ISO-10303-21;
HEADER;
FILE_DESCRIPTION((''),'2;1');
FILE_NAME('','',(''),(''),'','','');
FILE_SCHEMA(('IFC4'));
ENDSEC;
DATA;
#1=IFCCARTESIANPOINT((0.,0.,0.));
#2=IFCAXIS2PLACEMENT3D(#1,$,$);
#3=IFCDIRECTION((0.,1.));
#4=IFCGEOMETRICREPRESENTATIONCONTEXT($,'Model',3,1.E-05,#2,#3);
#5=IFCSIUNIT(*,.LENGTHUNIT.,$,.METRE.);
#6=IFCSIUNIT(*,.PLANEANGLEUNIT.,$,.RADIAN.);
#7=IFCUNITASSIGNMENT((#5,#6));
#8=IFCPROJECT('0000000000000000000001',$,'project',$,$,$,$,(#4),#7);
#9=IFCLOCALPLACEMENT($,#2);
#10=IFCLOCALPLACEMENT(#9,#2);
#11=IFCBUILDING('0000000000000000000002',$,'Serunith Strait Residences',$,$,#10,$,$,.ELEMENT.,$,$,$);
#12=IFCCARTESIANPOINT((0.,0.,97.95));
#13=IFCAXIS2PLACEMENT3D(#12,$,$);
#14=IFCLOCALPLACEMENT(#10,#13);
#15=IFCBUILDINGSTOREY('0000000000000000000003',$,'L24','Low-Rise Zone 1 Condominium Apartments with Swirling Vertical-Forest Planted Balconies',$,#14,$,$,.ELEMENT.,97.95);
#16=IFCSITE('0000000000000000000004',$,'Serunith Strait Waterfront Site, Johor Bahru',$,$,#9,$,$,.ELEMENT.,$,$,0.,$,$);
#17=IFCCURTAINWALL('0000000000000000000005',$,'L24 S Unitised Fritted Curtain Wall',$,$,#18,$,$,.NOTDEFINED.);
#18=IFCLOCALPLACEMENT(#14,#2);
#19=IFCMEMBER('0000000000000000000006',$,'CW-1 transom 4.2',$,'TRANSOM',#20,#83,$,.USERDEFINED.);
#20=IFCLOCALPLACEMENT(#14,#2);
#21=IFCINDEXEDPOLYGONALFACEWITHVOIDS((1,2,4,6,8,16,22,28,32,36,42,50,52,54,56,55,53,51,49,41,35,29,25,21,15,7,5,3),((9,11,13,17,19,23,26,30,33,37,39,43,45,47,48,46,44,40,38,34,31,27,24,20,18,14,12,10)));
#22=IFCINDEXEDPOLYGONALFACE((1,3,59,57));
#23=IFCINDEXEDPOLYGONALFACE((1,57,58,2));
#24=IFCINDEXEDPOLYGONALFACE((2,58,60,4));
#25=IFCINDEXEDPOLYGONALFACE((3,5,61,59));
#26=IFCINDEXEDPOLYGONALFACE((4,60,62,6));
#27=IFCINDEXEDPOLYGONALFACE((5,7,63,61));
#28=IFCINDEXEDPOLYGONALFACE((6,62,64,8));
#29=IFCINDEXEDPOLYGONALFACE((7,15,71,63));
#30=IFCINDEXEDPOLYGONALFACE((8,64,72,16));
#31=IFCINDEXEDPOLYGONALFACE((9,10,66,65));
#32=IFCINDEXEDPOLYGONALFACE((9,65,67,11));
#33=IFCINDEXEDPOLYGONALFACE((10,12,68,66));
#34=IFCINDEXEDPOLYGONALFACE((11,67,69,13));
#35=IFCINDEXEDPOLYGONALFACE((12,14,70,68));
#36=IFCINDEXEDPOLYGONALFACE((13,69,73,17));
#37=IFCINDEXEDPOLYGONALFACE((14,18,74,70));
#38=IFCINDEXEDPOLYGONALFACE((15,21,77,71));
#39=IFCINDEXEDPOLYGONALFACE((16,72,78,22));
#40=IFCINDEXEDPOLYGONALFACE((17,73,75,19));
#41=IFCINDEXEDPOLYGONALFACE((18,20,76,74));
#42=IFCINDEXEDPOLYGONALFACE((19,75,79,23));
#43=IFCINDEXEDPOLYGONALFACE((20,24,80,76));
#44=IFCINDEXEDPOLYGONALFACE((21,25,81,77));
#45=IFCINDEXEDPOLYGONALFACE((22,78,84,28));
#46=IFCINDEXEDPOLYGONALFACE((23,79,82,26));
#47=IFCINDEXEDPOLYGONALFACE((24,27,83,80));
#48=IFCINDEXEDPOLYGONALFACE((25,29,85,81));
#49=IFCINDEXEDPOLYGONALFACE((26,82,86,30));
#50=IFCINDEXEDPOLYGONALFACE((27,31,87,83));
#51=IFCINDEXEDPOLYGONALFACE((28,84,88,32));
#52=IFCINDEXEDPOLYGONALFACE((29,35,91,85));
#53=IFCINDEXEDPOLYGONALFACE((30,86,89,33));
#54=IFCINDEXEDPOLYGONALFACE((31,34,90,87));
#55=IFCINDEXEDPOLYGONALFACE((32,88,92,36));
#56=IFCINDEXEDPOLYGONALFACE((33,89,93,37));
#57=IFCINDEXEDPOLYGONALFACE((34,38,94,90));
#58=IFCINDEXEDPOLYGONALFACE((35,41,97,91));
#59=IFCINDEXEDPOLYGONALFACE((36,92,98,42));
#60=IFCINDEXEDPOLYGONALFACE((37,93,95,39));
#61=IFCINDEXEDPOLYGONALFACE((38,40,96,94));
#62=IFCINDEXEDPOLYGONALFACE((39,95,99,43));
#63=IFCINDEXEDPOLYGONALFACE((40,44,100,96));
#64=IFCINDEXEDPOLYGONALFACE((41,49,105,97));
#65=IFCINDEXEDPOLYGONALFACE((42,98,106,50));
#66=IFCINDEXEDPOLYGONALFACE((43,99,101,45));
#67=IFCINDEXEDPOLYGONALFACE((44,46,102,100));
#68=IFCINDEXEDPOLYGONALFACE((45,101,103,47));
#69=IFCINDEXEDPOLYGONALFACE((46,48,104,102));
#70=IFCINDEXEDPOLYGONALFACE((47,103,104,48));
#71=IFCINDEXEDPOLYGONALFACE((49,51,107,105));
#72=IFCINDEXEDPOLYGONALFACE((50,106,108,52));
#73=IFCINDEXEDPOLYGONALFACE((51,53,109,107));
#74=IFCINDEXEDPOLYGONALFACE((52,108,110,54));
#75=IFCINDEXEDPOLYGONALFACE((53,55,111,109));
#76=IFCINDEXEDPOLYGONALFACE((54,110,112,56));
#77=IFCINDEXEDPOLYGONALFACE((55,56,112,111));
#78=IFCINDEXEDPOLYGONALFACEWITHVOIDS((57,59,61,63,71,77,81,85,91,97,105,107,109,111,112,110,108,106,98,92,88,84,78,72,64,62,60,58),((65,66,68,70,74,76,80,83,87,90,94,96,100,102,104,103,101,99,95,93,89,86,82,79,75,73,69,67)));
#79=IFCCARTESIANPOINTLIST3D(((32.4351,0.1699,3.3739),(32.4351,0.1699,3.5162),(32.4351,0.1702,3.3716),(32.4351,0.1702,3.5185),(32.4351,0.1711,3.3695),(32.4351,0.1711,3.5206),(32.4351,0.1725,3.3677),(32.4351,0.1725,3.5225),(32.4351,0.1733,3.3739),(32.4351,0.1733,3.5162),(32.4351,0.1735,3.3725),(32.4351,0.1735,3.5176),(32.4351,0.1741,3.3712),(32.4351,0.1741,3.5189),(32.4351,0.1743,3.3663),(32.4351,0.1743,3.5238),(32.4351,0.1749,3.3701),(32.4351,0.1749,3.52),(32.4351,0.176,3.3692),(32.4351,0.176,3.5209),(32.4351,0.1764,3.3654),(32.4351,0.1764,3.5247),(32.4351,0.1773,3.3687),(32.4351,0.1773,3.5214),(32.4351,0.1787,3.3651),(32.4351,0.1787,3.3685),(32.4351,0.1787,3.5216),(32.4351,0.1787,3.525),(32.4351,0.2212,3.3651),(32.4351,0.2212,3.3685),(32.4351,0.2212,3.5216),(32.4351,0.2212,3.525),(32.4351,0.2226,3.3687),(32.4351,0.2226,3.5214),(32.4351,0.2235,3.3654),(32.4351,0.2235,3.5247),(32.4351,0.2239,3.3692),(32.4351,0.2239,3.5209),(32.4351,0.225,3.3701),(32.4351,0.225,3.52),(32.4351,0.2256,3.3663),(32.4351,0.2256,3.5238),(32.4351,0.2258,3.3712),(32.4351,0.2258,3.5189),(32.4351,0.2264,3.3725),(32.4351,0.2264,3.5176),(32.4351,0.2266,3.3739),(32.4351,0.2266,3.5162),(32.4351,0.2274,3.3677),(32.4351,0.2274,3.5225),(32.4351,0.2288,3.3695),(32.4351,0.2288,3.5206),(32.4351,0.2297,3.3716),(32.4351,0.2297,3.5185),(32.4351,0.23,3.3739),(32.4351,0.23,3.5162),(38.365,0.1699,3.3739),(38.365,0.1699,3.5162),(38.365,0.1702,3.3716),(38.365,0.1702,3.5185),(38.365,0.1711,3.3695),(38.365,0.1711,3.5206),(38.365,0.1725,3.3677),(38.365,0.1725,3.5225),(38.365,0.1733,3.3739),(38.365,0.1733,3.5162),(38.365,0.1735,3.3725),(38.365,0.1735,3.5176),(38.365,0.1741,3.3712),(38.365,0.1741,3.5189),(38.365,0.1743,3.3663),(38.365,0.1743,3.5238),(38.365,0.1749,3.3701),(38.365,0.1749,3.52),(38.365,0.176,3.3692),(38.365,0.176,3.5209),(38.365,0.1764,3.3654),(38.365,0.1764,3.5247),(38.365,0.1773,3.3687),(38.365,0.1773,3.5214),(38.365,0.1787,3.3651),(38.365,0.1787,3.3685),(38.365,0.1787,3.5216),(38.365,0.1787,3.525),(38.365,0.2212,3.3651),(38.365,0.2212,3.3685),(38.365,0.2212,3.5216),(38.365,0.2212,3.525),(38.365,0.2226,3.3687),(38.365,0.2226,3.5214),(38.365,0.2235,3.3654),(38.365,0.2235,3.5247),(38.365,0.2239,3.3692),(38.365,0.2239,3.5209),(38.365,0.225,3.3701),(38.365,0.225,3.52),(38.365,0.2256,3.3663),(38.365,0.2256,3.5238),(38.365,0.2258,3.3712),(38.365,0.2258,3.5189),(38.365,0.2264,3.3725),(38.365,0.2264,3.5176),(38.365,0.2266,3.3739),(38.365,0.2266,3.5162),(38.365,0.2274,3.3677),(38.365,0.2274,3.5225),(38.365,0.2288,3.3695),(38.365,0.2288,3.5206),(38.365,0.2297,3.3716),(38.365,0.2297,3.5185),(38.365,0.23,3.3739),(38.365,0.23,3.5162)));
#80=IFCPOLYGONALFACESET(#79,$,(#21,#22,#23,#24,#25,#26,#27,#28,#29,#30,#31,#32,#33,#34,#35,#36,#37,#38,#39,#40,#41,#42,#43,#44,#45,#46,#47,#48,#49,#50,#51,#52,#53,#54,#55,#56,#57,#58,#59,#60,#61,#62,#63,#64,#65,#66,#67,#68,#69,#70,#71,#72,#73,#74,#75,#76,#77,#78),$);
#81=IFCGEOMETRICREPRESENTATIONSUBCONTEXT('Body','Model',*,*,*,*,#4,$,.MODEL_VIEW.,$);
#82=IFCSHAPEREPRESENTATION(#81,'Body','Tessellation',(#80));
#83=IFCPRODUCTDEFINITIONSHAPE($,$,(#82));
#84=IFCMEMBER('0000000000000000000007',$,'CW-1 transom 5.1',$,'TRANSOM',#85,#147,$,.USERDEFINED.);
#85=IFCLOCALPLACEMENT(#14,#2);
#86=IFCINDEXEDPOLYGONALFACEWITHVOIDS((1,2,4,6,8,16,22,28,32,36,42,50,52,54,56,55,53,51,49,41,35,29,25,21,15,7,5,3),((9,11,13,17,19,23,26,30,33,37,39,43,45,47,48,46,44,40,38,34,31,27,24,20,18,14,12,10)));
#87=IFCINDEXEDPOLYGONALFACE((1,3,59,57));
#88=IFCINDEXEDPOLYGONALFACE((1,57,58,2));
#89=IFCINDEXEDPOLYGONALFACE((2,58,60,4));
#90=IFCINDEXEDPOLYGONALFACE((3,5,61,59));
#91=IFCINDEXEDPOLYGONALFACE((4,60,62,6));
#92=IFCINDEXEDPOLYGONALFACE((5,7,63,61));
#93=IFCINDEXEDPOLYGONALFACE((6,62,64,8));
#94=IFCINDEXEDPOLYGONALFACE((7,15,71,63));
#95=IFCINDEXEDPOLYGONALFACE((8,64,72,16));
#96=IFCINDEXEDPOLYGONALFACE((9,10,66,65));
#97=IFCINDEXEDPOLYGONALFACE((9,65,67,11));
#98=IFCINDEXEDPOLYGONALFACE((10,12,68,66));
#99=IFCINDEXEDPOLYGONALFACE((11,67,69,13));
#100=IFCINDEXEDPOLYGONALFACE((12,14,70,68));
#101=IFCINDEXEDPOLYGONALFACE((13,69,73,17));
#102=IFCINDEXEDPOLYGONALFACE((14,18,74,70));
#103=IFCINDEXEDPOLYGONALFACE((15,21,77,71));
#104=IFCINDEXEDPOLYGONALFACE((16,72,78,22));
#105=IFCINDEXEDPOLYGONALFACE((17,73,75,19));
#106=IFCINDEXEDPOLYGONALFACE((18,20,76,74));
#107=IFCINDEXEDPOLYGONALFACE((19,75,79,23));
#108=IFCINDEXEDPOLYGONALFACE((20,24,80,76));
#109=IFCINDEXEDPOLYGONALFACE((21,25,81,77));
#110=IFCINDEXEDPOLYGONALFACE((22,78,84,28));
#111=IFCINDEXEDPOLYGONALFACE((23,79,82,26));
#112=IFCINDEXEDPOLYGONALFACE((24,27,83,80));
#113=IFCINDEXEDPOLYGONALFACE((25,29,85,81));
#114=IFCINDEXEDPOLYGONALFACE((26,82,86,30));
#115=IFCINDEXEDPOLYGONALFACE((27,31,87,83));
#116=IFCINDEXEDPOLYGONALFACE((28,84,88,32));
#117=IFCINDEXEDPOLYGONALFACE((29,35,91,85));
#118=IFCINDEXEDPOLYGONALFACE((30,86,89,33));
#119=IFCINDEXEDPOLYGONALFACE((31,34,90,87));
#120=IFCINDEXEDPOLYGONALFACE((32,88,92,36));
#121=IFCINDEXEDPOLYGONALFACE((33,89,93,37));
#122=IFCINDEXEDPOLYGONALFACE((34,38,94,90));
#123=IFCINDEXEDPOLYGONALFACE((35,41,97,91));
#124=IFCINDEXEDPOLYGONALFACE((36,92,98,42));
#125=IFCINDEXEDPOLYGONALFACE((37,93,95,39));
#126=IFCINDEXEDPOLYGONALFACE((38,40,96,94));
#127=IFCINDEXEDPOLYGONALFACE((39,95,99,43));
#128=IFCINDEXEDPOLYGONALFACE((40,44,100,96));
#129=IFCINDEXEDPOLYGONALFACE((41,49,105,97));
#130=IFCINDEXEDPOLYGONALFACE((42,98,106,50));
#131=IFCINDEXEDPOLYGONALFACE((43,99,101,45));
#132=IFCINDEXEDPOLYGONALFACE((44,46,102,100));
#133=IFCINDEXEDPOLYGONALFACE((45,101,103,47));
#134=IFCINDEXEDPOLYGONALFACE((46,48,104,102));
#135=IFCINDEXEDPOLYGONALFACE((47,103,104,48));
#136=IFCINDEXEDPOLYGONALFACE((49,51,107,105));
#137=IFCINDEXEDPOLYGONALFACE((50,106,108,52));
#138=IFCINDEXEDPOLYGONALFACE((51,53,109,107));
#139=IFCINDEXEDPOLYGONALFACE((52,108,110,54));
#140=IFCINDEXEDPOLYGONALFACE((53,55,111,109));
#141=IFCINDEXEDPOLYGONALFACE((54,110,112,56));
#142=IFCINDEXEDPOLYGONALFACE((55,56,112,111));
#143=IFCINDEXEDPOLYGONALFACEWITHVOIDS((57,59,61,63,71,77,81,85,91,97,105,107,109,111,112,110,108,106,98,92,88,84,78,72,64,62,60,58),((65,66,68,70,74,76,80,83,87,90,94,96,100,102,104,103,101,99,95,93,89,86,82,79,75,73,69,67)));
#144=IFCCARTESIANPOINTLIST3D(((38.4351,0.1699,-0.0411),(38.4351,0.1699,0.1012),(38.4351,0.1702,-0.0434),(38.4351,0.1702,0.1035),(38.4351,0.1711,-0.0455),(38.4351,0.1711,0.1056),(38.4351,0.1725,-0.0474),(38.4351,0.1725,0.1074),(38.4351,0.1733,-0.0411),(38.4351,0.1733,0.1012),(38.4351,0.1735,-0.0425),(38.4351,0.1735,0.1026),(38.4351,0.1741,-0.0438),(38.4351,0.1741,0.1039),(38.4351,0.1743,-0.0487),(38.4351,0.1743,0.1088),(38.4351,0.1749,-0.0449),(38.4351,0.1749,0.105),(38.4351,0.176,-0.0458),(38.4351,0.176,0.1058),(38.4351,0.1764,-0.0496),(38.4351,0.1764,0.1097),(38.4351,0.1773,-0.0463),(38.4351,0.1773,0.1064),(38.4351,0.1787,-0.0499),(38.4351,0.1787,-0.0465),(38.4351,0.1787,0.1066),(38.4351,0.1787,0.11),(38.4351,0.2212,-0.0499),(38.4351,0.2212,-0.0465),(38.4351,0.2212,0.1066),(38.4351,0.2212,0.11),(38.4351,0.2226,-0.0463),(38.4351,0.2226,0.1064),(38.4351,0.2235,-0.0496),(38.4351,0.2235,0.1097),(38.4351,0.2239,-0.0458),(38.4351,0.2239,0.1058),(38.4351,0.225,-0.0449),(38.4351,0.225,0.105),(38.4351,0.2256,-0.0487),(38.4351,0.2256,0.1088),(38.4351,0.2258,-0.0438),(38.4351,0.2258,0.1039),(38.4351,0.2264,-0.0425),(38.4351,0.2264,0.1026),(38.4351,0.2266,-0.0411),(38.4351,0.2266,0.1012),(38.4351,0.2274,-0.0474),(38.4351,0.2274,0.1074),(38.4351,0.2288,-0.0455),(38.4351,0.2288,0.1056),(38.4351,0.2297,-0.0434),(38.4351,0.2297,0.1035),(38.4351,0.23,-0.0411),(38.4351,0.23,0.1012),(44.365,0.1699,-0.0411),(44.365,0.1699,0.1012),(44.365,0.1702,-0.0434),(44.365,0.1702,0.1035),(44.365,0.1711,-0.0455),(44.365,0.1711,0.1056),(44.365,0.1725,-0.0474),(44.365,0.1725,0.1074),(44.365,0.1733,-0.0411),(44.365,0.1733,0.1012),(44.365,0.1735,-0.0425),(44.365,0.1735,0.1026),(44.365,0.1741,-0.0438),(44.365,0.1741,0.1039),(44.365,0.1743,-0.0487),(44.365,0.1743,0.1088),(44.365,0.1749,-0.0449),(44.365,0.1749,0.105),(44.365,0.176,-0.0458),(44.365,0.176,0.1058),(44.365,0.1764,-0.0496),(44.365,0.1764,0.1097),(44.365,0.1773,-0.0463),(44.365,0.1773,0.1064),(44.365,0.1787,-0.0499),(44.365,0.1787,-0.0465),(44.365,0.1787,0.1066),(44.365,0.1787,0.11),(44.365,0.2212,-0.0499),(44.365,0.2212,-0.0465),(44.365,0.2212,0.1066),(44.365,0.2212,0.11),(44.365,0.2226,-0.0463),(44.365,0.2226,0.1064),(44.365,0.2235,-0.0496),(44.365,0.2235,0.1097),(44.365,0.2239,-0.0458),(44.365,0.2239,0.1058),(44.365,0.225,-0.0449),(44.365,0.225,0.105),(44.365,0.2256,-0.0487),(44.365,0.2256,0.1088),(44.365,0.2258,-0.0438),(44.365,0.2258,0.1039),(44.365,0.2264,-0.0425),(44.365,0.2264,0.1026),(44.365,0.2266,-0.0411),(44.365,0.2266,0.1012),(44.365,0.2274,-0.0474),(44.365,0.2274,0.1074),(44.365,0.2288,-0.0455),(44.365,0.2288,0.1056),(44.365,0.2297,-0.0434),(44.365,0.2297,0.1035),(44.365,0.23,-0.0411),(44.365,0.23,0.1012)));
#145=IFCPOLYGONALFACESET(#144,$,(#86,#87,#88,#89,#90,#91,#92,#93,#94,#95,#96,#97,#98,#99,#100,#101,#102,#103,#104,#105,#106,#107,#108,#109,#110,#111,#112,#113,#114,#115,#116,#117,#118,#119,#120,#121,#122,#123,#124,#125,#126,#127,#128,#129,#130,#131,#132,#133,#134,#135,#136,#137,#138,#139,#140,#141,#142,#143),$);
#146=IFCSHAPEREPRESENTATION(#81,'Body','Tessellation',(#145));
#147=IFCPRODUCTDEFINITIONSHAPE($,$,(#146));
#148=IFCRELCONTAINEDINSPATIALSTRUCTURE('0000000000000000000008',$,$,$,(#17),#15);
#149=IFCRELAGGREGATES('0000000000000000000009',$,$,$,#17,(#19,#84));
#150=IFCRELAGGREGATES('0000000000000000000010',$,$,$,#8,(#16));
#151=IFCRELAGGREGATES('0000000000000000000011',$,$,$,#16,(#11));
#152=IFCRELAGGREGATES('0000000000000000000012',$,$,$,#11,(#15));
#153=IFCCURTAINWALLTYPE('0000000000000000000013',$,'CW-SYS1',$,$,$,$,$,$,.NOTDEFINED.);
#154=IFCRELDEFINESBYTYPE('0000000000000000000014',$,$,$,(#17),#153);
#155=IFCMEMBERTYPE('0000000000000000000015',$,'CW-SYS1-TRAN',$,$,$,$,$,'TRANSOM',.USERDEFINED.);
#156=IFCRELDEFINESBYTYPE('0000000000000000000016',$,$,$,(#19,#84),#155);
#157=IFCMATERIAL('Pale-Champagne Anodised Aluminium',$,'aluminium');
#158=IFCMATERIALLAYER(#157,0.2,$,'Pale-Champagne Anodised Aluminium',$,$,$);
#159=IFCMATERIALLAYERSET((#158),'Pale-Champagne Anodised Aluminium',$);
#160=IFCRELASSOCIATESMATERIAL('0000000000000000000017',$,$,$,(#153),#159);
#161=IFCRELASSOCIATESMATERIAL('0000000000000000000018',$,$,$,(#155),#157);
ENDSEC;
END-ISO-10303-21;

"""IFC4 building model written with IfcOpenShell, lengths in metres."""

from ifc_helpers import new_model, si_unit, direction, frame, origin, origin_2d, place, context, subcontext, project, spatial, hollow_rectangle, extrude, source, transform, mapped, material, layer, layer_set, material_profile, profile_set, type_object, element, aggregate, save


model = new_model("IFC4")

# Units and contexts
model_context = context("Model", 3, precision=1e-05, world=origin(), true_north=direction((0.0, 1.0)))
body_context = subcontext(model_context, "Body", "Model", "MODEL_VIEW")
ifc_project = project(units=[si_unit("LENGTHUNIT", "METRE"), si_unit("PLANEANGLEUNIT", "RADIAN")], contexts=[model_context])

# Site, building, storey
site_placement = place(None, origin())
site = spatial("IfcSite", under=ifc_project, at=site_placement, Name="Serunith Strait Waterfront Site, Johor Bahru", CompositionType="ELEMENT", RefElevation=0.0)
building_placement = place(site_placement, origin())
building = spatial("IfcBuilding", under=site, at=building_placement, Name="Serunith Strait Residences", CompositionType="ELEMENT")
storey_placement = place(building_placement, frame((0.0, 0.0, 97.95)))
storey = spatial("IfcBuildingStorey", under=building, at=storey_placement, Name="L24", Description="Low-Rise Zone 1 Condominium Apartments with Swirling Vertical-Forest Planted Balconies", CompositionType="ELEMENT", Elevation=97.95)

# Curtain wall, members
ifc_material_1 = material(Name="Pale-Champagne Anodised Aluminium", Category="aluminium")
ifc_layer_1 = layer(ifc_material_1, 0.2, Name="Pale-Champagne Anodised Aluminium")
ifc_layer_set_1 = layer_set([ifc_layer_1], Name="Pale-Champagne Anodised Aluminium")
curtain_wall_type = type_object("IfcCurtainWallType", Name="CW-SYS1", PredefinedType="NOTDEFINED", material=ifc_layer_set_1)
curtain_wall_placement = place(storey_placement, origin())
curtain_wall = element("IfcCurtainWall", 1, at=curtain_wall_placement, inside=storey, type_object=curtain_wall_type, Name="L24 S Unitised Fritted Curtain Wall", PredefinedType="NOTDEFINED")
ifc_material_profile_1 = material_profile(ifc_material_1, hollow_rectangle(XDim=0.0601, YDim=0.1599, WallThickness=0.0034, InnerFilletRadius=0.0054, OuterFilletRadius=0.0088, at=origin_2d()), Name="ALU 160x60x3.5")
ifc_profile_set_1 = profile_set([ifc_material_profile_1], Name="Pale-Champagne Anodised Aluminium")
member_type_1 = type_object("IfcMemberType", Name="CW-SYS1-TRAN", ElementType="TRANSOM", PredefinedType="USERDEFINED", material=ifc_profile_set_1)
shared_shape_1 = source(origin(), body_context, "Body", "SweptSolid", [
    extrude(hollow_rectangle(XDim=0.0601, YDim=0.1599, WallThickness=0.0034, InnerFilletRadius=0.0054, OuterFilletRadius=0.0088, at=origin_2d()), origin(), (0.0, 0.0, 1.0), 5.9299),
])
member_1_placement = place(storey_placement, frame((32.4351, 0.2, 3.4451), z_axis=(1.0, 0.0, 0.0), x_axis=(0.0, 1.0, 0.0)))
member_1 = element("IfcMember", 2, at=member_1_placement, type_object=member_type_1, Name="CW-1 transom 4.2", ObjectType="TRANSOM", PredefinedType="USERDEFINED", context=body_context, shape_type="MappedRepresentation", body=[
    mapped(shared_shape_1, transform((0.0, 0.0, 0.0), scale=1.0)),
])
member_2_placement = place(storey_placement, frame((38.4351, 0.2, 0.03), z_axis=(1.0, 0.0, 0.0), x_axis=(0.0, 1.0, 0.0)))
member_2 = element("IfcMember", 3, at=member_2_placement, type_object=member_type_1, Name="CW-1 transom 5.1", ObjectType="TRANSOM", PredefinedType="USERDEFINED", context=body_context, shape_type="MappedRepresentation", body=[
    mapped(shared_shape_1, transform((0.0, 0.0, 0.0), scale=1.0)),
])
aggregate(curtain_wall, [member_1, member_2])

save(model, "model.ifc")
